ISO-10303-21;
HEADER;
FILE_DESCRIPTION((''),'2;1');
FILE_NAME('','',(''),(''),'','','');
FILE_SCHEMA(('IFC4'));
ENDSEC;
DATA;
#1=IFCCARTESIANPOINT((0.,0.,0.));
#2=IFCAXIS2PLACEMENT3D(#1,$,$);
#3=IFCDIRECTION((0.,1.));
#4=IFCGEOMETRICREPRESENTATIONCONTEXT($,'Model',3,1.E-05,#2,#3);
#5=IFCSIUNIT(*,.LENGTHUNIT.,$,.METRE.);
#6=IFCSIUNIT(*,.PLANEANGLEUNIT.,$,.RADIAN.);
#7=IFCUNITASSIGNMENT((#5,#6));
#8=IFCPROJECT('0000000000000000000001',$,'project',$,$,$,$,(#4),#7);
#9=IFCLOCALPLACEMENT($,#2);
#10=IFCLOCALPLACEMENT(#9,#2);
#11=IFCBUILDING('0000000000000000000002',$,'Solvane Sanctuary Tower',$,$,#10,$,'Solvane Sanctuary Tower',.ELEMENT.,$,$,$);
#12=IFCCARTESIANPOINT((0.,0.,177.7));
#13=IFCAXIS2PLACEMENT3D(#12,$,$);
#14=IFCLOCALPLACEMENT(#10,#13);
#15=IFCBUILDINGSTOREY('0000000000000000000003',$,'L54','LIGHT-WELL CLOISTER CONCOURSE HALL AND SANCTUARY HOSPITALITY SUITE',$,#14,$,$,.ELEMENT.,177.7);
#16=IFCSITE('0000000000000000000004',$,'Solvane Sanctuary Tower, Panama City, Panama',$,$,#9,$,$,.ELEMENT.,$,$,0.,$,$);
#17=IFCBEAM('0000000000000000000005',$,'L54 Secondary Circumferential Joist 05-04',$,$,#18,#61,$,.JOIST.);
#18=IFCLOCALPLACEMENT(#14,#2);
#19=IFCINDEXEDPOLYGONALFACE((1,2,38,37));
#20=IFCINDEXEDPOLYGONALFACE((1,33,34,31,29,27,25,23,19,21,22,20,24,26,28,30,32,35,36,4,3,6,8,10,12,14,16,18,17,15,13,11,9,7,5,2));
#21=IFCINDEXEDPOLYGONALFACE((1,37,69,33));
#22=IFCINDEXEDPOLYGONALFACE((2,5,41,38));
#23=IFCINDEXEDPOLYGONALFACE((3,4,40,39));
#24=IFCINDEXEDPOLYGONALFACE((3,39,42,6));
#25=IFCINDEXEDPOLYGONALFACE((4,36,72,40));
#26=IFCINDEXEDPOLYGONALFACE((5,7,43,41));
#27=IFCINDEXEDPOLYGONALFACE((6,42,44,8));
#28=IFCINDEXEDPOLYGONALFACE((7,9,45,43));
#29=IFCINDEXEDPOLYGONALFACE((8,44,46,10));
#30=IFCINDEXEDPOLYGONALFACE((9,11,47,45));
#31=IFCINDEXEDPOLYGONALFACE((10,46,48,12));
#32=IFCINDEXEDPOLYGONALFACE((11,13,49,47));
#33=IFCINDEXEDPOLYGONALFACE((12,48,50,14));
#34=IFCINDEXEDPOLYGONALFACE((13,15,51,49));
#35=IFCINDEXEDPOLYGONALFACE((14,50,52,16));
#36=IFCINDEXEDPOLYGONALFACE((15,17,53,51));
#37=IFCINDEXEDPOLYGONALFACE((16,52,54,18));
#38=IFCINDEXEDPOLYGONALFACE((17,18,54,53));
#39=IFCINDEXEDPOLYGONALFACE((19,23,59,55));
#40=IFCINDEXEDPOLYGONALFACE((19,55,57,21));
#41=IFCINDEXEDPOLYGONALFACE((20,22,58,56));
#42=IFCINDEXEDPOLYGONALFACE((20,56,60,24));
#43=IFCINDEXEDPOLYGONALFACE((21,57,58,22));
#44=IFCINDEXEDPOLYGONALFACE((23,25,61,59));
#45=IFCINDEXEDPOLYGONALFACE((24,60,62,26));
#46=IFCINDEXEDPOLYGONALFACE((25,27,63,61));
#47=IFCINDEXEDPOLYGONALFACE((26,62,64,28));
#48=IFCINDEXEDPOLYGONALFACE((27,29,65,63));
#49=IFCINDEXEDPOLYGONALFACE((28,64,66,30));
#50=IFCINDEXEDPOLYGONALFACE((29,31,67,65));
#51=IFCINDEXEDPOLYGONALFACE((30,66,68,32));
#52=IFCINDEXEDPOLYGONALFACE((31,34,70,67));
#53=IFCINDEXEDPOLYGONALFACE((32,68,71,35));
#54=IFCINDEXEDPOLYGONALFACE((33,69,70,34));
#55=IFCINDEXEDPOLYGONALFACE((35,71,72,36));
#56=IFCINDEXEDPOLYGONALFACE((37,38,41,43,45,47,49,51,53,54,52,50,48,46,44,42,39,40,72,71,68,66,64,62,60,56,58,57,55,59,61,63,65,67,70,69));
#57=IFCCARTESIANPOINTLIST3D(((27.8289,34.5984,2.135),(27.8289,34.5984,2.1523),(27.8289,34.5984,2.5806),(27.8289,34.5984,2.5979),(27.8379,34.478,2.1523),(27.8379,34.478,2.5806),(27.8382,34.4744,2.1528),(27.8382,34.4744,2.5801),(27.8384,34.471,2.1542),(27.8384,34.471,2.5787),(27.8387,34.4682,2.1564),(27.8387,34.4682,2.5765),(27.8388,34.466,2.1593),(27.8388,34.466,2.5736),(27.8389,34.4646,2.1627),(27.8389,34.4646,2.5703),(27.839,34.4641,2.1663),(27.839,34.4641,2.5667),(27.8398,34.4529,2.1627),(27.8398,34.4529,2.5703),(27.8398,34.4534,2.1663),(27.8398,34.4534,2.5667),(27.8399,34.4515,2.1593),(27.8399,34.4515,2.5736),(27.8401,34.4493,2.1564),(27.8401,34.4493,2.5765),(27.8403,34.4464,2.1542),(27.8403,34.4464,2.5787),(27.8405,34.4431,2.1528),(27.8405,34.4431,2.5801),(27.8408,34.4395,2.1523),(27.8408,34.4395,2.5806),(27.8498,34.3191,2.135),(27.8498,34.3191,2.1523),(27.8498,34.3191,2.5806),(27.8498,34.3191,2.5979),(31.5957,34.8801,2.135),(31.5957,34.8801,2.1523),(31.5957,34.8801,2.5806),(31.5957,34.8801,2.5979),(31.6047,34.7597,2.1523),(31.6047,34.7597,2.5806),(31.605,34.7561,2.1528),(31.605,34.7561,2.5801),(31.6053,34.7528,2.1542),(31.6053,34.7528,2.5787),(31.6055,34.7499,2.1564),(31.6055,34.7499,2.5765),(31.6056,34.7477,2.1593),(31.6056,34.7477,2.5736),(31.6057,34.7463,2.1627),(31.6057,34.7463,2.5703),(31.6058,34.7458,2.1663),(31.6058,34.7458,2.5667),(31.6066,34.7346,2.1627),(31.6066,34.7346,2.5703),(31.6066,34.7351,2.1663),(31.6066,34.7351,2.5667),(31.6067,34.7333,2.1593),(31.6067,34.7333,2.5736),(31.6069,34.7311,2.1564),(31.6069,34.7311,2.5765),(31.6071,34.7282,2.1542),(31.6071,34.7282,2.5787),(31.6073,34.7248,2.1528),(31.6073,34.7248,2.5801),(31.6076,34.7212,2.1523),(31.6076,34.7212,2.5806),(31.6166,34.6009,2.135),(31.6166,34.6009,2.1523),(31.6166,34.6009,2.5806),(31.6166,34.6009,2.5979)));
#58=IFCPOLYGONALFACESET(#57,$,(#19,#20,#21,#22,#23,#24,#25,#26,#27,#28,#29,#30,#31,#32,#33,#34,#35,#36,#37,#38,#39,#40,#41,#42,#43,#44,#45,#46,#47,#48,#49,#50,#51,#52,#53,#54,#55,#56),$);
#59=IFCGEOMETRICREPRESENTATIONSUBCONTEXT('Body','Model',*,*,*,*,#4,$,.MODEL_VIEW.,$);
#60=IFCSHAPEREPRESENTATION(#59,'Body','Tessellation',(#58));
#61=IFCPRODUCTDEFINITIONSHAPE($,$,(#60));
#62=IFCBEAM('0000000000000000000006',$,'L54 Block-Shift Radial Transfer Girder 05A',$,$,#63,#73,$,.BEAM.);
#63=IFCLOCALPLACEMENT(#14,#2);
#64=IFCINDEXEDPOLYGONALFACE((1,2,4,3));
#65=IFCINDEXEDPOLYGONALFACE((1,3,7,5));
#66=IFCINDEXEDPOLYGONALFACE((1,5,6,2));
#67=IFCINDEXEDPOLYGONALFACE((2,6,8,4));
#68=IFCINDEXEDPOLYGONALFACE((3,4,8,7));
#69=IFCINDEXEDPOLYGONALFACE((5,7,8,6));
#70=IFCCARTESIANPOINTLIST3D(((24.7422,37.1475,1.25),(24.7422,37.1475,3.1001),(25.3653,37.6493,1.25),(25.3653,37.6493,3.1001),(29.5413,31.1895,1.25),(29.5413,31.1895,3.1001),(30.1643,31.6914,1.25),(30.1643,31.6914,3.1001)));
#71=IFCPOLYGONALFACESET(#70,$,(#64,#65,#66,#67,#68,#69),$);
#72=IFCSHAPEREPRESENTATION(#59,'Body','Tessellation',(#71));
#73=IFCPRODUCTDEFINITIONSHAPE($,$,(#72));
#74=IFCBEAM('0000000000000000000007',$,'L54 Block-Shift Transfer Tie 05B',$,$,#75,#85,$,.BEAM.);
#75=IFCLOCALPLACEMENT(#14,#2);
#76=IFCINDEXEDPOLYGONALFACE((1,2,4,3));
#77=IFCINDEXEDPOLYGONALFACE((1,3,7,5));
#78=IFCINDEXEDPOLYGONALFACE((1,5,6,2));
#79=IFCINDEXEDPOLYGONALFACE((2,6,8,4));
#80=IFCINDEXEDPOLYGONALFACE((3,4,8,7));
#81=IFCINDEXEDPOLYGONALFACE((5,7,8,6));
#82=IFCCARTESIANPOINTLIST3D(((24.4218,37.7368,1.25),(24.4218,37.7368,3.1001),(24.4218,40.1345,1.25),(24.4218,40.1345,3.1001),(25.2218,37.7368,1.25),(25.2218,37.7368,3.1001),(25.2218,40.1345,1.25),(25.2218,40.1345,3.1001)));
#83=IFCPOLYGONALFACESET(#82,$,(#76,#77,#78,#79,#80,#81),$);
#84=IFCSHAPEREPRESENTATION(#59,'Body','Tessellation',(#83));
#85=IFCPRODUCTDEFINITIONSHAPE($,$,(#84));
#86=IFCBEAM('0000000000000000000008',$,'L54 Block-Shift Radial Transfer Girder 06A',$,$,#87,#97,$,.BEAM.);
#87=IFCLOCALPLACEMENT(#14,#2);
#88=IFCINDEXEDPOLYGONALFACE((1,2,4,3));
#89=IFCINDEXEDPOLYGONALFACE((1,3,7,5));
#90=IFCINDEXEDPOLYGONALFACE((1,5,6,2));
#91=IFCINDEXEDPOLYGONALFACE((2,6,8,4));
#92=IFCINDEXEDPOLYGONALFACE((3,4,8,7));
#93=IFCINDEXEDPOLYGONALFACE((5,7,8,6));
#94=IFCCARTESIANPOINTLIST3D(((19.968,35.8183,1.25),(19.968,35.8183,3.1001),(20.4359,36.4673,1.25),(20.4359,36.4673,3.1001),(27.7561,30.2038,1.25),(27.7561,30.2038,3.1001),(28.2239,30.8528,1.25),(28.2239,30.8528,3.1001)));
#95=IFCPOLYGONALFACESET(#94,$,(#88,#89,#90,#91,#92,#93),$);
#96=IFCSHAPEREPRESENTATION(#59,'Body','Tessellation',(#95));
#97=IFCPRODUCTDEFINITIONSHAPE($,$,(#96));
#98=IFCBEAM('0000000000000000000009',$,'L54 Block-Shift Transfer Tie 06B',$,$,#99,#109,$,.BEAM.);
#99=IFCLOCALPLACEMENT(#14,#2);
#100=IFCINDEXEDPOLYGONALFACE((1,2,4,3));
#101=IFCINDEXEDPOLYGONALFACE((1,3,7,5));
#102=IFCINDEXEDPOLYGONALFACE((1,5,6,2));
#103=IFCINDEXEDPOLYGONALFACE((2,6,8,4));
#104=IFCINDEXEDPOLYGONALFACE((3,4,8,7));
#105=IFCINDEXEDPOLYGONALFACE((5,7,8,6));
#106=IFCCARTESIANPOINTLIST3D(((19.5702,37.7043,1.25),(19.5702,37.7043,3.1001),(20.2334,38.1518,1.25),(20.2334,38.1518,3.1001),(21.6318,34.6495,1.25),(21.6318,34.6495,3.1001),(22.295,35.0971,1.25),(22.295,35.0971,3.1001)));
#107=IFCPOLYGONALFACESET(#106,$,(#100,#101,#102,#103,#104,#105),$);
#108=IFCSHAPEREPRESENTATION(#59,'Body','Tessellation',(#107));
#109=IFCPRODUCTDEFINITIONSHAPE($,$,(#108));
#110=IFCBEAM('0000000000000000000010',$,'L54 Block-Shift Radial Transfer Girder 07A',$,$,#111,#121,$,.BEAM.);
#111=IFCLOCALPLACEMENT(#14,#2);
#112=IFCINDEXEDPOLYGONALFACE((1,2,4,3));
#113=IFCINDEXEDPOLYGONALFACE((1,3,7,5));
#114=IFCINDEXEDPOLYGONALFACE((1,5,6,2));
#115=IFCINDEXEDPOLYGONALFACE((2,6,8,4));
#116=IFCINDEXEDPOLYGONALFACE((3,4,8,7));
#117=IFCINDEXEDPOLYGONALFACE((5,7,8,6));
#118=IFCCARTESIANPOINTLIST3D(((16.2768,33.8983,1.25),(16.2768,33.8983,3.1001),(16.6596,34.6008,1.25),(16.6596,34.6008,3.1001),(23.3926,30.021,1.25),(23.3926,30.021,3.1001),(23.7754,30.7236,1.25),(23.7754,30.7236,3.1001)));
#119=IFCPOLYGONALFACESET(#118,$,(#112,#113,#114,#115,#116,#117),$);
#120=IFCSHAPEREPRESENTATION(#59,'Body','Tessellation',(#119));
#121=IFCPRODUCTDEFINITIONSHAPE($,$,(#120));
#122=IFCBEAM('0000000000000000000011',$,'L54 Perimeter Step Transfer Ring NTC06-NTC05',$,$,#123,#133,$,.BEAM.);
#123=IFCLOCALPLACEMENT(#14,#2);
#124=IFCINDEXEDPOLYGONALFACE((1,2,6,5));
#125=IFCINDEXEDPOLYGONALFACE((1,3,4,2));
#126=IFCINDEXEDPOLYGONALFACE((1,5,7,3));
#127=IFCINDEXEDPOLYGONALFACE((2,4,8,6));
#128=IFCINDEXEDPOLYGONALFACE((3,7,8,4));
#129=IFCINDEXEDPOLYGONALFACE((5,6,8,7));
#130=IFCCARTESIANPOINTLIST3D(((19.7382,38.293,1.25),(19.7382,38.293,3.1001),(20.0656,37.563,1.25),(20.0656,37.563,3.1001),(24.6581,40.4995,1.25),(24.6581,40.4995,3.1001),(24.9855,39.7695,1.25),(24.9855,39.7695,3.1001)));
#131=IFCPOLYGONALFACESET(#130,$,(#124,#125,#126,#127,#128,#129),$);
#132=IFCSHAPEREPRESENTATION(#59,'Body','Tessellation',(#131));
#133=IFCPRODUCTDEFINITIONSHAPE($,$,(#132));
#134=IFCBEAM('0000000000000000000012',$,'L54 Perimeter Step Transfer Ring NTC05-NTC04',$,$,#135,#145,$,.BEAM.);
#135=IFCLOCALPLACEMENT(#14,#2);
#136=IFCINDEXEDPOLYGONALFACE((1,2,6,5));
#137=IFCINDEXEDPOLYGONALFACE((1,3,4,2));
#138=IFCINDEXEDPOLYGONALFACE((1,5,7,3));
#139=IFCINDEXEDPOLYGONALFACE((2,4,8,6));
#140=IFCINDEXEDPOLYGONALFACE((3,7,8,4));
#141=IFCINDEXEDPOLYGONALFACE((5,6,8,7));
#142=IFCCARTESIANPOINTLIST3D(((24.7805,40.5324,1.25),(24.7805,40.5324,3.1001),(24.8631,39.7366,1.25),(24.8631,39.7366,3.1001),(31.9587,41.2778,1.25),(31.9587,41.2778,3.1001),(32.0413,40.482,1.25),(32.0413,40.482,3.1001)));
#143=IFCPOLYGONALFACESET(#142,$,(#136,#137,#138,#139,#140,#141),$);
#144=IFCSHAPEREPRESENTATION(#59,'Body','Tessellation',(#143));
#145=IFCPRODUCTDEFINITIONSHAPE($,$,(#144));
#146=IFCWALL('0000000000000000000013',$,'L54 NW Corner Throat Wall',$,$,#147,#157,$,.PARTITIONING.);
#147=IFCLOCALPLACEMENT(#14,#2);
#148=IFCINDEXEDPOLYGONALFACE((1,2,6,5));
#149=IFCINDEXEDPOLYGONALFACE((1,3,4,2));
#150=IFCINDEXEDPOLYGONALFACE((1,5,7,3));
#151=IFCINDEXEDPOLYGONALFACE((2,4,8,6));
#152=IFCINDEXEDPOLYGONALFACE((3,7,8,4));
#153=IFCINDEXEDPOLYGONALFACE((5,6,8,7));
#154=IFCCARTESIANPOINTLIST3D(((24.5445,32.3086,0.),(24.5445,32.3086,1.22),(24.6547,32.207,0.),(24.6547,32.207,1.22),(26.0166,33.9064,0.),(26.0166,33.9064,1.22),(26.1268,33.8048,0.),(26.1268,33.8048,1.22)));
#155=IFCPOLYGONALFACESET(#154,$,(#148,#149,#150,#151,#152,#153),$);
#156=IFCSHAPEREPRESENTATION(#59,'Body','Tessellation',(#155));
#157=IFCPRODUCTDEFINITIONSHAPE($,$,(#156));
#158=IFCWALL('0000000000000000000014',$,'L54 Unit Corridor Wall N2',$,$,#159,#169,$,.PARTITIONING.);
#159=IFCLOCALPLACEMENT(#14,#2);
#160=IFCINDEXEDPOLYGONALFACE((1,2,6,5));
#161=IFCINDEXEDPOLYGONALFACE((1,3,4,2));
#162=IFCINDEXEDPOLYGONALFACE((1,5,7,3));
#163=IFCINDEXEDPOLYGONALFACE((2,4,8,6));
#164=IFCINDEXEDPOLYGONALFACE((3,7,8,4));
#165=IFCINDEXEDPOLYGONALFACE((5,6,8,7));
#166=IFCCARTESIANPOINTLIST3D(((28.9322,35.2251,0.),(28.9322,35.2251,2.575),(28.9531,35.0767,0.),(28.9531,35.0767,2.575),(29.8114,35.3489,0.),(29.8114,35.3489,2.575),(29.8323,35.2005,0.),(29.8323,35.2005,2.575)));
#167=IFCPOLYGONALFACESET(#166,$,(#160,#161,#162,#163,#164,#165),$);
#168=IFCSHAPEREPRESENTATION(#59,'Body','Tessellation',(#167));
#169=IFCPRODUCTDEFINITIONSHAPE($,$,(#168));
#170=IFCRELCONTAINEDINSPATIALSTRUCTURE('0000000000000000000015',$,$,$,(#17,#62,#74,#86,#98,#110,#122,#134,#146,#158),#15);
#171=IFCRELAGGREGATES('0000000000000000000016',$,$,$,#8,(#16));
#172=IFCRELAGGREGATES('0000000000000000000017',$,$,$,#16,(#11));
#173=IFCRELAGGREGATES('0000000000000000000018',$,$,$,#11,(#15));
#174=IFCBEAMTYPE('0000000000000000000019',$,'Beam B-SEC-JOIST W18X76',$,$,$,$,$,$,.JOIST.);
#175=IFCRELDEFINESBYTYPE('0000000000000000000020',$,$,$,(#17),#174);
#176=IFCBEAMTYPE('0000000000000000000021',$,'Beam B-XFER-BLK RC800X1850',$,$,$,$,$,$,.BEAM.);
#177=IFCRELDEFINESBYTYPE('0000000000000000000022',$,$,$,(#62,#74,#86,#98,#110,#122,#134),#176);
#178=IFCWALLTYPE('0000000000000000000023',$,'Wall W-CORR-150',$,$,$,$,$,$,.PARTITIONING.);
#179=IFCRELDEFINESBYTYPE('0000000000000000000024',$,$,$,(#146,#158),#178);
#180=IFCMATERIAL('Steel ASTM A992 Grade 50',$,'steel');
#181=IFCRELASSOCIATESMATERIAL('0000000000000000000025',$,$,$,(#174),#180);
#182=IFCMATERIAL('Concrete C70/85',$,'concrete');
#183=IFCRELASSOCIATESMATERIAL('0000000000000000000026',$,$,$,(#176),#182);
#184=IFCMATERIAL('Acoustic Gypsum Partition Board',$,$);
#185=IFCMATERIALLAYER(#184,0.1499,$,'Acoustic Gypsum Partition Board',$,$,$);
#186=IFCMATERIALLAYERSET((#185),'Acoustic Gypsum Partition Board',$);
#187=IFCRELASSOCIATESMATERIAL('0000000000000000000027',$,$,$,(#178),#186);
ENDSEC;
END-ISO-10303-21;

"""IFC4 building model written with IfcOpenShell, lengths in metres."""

from ifc_helpers import new_model, si_unit, direction, frame, frame_2d, origin, origin_2d, place, context, subcontext, project, spatial, rectangle, i_section, extrude, material, layer, layer_set, material_profile, profile_set, type_object, element, save


model = new_model("IFC4")

# Units and contexts
model_context = context("Model", 3, precision=1e-05, world=origin(), true_north=direction((0.0, 1.0)))
body_context = subcontext(model_context, "Body", "Model", "MODEL_VIEW")
ifc_project = project(units=[si_unit("LENGTHUNIT", "METRE"), si_unit("PLANEANGLEUNIT", "RADIAN")], contexts=[model_context])

# Site, building, storey
site_placement = place(None, origin())
site = spatial("IfcSite", under=ifc_project, at=site_placement, Name="Solvane Sanctuary Tower, Panama City, Panama", CompositionType="ELEMENT", RefElevation=0.0)
building_placement = place(site_placement, origin())
building = spatial("IfcBuilding", under=site, at=building_placement, Name="Solvane Sanctuary Tower", LongName="Solvane Sanctuary Tower", CompositionType="ELEMENT")
storey_placement = place(building_placement, frame((0.0, 0.0, 177.7)))
storey = spatial("IfcBuildingStorey", under=building, at=storey_placement, Name="L54", Description="LIGHT-WELL CLOISTER CONCOURSE HALL AND SANCTUARY HOSPITALITY SUITE", CompositionType="ELEMENT", Elevation=177.7)

# Beams
ifc_material_1 = material(Name="Steel ASTM A992 Grade 50", Category="steel")
ifc_material_profile_1 = material_profile(ifc_material_1, i_section(OverallWidth=0.28, OverallDepth=0.4629, WebThickness=0.0107, FlangeThickness=0.0173, FilletRadius=0.0139, at=origin_2d()), Name="W18X76")
ifc_profile_set_1 = profile_set([ifc_material_profile_1], Name="Steel ASTM A992 Grade 50")
beam_type_1 = type_object("IfcBeamType", Name="Beam B-SEC-JOIST W18X76", PredefinedType="JOIST", material=ifc_profile_set_1)
beam_1_placement = place(storey_placement, frame((27.8394, 34.4587, 2.3665), z_axis=(0.997215, 0.074586, 0.0), x_axis=(-0.074586, 0.997215, 0.0)))
element("IfcBeam", 1, at=beam_1_placement, inside=storey, type_object=beam_type_1, Name="L54 Secondary Circumferential Joist 05-04", PredefinedType="JOIST", context=body_context, shape_type="SweptSolid", body=[
    extrude(i_section(OverallWidth=0.28, OverallDepth=0.4629, WebThickness=0.0107, FlangeThickness=0.0173, FilletRadius=0.0139, at=origin_2d()), origin(), (0.0, 0.0, 1.0), 3.7773),
])
ifc_material_2 = material(Name="Concrete C70/85", Category="concrete")
ifc_material_profile_2 = material_profile(ifc_material_2, rectangle(XDim=0.8, YDim=1.8501, at=origin_2d()), Name="RC800X1850")
ifc_profile_set_2 = profile_set([ifc_material_profile_2], Name="Concrete C70/85")
beam_type_2 = type_object("IfcBeamType", Name="Beam B-XFER-BLK RC800X1850", PredefinedType="BEAM", material=ifc_profile_set_2)
beam_2_placement = place(storey_placement, frame((29.8528, 31.4404, 2.175), z_axis=(-0.627295, 0.778782, 0.0), x_axis=(-0.778782, -0.627295, 0.0)))
element("IfcBeam", 2, at=beam_2_placement, inside=storey, type_object=beam_type_2, Name="L54 Block-Shift Radial Transfer Girder 05A", PredefinedType="BEAM", context=body_context, shape_type="SweptSolid", body=[
    extrude(rectangle(XDim=0.8, YDim=1.8501, at=origin_2d()), origin(), (0.0, 0.0, 1.0), 7.6504),
])
beam_3_placement = place(storey_placement, frame((24.8218, 37.7368, 2.175), z_axis=(0.0, 1.0, 0.0), x_axis=(-1.0, 0.0, 0.0)))
element("IfcBeam", 3, at=beam_3_placement, inside=storey, type_object=beam_type_2, Name="L54 Block-Shift Transfer Tie 05B", PredefinedType="BEAM", context=body_context, shape_type="SweptSolid", body=[
    extrude(rectangle(XDim=0.8, YDim=1.8501, at=origin_2d()), origin(), (0.0, 0.0, 1.0), 2.3977),
])
beam_4_placement = place(storey_placement, frame((27.99, 30.5283, 2.175), z_axis=(-0.811185, 0.58479, 0.0), x_axis=(-0.58479, -0.811185, 0.0)))
element("IfcBeam", 4, at=beam_4_placement, inside=storey, type_object=beam_type_2, Name="L54 Block-Shift Radial Transfer Girder 06A", PredefinedType="BEAM", context=body_context, shape_type="SweptSolid", body=[
    extrude(rectangle(XDim=0.8, YDim=1.8501, at=origin_2d()), origin(), (0.0, 0.0, 1.0), 9.6008),
])
beam_5_placement = place(storey_placement, frame((21.9634, 34.8733, 2.175), z_axis=(-0.5594, 0.828898, 0.0), x_axis=(-0.828898, -0.5594, 0.0)))
element("IfcBeam", 5, at=beam_5_placement, inside=storey, type_object=beam_type_2, Name="L54 Block-Shift Transfer Tie 06B", PredefinedType="BEAM", context=body_context, shape_type="SweptSolid", body=[
    extrude(rectangle(XDim=0.8, YDim=1.8501, at=origin_2d()), origin(), (0.0, 0.0, 1.0), 3.6853),
])
beam_6_placement = place(storey_placement, frame((23.584, 30.3723, 2.175), z_axis=(-0.878108, 0.478462, 0.0), x_axis=(-0.478462, -0.878108, 0.0)))
element("IfcBeam", 6, at=beam_6_placement, inside=storey, type_object=beam_type_2, Name="L54 Block-Shift Radial Transfer Girder 07A", PredefinedType="BEAM", context=body_context, shape_type="SweptSolid", body=[
    extrude(rectangle(XDim=0.8, YDim=1.8501, at=origin_2d()), origin(), (0.0, 0.0, 1.0), 8.1035),
])
beam_7_placement = place(storey_placement, frame((19.9019, 37.928, 2.175), z_axis=(0.912436, 0.40922, 0.0), x_axis=(-0.40922, 0.912436, 0.0)))
element("IfcBeam", 7, at=beam_7_placement, inside=storey, type_object=beam_type_2, Name="L54 Perimeter Step Transfer Ring NTC06-NTC05", PredefinedType="BEAM", context=body_context, shape_type="SweptSolid", body=[
    extrude(rectangle(XDim=0.8, YDim=1.8501, at=origin_2d()), origin(), (0.0, 0.0, 1.0), 5.3921),
])
beam_8_placement = place(storey_placement, frame((24.8218, 40.1345, 2.175), z_axis=(0.994652, 0.103281, 0.0), x_axis=(-0.103281, 0.994652, 0.0)))
element("IfcBeam", 8, at=beam_8_placement, inside=storey, type_object=beam_type_2, Name="L54 Perimeter Step Transfer Ring NTC05-NTC04", PredefinedType="BEAM", context=body_context, shape_type="SweptSolid", body=[
    extrude(rectangle(XDim=0.8, YDim=1.8501, at=origin_2d()), origin(), (0.0, 0.0, 1.0), 7.2168),
])

# Walls
ifc_material_3 = material(Name="Acoustic Gypsum Partition Board")
ifc_layer_1 = layer(ifc_material_3, 0.1499, Name="Acoustic Gypsum Partition Board")
ifc_layer_set_1 = layer_set([ifc_layer_1], Name="Acoustic Gypsum Partition Board")
wall_type_1 = type_object("IfcWallType", Name="Wall W-CORR-150", PredefinedType="PARTITIONING", material=ifc_layer_set_1)
wall_1_placement = place(storey_placement, frame((26.0718, 33.8557, 0.0), z_axis=(0.0, 0.0, 1.0), x_axis=(-0.67758, -0.735449, 0.0)))
element("IfcWall", 9, at=wall_1_placement, inside=storey, type_object=wall_type_1, Name="L54 NW Corner Throat Wall", PredefinedType="PARTITIONING", context=body_context, shape_type="SweptSolid", body=[
    extrude(rectangle(XDim=2.1726, YDim=0.1499, at=frame_2d((1.0864, 0.0))), origin(), (0.0, 0.0, 1.0), 1.22),
])
wall_2_placement = place(storey_placement, frame((29.8218, 35.2747, 0.0), z_axis=(0.0, 0.0, 1.0), x_axis=(-0.990233, -0.139419, 0.0)))
element("IfcWall", 10, at=wall_2_placement, inside=storey, type_object=wall_type_1, Name="L54 Unit Corridor Wall N2", PredefinedType="PARTITIONING", context=body_context, shape_type="SweptSolid", body=[
    extrude(rectangle(XDim=0.8879, YDim=0.1499, at=frame_2d((0.4438, 0.0))), origin(), (0.0, 0.0, 1.0), 2.575),
])

save(model, "model.ifc")
